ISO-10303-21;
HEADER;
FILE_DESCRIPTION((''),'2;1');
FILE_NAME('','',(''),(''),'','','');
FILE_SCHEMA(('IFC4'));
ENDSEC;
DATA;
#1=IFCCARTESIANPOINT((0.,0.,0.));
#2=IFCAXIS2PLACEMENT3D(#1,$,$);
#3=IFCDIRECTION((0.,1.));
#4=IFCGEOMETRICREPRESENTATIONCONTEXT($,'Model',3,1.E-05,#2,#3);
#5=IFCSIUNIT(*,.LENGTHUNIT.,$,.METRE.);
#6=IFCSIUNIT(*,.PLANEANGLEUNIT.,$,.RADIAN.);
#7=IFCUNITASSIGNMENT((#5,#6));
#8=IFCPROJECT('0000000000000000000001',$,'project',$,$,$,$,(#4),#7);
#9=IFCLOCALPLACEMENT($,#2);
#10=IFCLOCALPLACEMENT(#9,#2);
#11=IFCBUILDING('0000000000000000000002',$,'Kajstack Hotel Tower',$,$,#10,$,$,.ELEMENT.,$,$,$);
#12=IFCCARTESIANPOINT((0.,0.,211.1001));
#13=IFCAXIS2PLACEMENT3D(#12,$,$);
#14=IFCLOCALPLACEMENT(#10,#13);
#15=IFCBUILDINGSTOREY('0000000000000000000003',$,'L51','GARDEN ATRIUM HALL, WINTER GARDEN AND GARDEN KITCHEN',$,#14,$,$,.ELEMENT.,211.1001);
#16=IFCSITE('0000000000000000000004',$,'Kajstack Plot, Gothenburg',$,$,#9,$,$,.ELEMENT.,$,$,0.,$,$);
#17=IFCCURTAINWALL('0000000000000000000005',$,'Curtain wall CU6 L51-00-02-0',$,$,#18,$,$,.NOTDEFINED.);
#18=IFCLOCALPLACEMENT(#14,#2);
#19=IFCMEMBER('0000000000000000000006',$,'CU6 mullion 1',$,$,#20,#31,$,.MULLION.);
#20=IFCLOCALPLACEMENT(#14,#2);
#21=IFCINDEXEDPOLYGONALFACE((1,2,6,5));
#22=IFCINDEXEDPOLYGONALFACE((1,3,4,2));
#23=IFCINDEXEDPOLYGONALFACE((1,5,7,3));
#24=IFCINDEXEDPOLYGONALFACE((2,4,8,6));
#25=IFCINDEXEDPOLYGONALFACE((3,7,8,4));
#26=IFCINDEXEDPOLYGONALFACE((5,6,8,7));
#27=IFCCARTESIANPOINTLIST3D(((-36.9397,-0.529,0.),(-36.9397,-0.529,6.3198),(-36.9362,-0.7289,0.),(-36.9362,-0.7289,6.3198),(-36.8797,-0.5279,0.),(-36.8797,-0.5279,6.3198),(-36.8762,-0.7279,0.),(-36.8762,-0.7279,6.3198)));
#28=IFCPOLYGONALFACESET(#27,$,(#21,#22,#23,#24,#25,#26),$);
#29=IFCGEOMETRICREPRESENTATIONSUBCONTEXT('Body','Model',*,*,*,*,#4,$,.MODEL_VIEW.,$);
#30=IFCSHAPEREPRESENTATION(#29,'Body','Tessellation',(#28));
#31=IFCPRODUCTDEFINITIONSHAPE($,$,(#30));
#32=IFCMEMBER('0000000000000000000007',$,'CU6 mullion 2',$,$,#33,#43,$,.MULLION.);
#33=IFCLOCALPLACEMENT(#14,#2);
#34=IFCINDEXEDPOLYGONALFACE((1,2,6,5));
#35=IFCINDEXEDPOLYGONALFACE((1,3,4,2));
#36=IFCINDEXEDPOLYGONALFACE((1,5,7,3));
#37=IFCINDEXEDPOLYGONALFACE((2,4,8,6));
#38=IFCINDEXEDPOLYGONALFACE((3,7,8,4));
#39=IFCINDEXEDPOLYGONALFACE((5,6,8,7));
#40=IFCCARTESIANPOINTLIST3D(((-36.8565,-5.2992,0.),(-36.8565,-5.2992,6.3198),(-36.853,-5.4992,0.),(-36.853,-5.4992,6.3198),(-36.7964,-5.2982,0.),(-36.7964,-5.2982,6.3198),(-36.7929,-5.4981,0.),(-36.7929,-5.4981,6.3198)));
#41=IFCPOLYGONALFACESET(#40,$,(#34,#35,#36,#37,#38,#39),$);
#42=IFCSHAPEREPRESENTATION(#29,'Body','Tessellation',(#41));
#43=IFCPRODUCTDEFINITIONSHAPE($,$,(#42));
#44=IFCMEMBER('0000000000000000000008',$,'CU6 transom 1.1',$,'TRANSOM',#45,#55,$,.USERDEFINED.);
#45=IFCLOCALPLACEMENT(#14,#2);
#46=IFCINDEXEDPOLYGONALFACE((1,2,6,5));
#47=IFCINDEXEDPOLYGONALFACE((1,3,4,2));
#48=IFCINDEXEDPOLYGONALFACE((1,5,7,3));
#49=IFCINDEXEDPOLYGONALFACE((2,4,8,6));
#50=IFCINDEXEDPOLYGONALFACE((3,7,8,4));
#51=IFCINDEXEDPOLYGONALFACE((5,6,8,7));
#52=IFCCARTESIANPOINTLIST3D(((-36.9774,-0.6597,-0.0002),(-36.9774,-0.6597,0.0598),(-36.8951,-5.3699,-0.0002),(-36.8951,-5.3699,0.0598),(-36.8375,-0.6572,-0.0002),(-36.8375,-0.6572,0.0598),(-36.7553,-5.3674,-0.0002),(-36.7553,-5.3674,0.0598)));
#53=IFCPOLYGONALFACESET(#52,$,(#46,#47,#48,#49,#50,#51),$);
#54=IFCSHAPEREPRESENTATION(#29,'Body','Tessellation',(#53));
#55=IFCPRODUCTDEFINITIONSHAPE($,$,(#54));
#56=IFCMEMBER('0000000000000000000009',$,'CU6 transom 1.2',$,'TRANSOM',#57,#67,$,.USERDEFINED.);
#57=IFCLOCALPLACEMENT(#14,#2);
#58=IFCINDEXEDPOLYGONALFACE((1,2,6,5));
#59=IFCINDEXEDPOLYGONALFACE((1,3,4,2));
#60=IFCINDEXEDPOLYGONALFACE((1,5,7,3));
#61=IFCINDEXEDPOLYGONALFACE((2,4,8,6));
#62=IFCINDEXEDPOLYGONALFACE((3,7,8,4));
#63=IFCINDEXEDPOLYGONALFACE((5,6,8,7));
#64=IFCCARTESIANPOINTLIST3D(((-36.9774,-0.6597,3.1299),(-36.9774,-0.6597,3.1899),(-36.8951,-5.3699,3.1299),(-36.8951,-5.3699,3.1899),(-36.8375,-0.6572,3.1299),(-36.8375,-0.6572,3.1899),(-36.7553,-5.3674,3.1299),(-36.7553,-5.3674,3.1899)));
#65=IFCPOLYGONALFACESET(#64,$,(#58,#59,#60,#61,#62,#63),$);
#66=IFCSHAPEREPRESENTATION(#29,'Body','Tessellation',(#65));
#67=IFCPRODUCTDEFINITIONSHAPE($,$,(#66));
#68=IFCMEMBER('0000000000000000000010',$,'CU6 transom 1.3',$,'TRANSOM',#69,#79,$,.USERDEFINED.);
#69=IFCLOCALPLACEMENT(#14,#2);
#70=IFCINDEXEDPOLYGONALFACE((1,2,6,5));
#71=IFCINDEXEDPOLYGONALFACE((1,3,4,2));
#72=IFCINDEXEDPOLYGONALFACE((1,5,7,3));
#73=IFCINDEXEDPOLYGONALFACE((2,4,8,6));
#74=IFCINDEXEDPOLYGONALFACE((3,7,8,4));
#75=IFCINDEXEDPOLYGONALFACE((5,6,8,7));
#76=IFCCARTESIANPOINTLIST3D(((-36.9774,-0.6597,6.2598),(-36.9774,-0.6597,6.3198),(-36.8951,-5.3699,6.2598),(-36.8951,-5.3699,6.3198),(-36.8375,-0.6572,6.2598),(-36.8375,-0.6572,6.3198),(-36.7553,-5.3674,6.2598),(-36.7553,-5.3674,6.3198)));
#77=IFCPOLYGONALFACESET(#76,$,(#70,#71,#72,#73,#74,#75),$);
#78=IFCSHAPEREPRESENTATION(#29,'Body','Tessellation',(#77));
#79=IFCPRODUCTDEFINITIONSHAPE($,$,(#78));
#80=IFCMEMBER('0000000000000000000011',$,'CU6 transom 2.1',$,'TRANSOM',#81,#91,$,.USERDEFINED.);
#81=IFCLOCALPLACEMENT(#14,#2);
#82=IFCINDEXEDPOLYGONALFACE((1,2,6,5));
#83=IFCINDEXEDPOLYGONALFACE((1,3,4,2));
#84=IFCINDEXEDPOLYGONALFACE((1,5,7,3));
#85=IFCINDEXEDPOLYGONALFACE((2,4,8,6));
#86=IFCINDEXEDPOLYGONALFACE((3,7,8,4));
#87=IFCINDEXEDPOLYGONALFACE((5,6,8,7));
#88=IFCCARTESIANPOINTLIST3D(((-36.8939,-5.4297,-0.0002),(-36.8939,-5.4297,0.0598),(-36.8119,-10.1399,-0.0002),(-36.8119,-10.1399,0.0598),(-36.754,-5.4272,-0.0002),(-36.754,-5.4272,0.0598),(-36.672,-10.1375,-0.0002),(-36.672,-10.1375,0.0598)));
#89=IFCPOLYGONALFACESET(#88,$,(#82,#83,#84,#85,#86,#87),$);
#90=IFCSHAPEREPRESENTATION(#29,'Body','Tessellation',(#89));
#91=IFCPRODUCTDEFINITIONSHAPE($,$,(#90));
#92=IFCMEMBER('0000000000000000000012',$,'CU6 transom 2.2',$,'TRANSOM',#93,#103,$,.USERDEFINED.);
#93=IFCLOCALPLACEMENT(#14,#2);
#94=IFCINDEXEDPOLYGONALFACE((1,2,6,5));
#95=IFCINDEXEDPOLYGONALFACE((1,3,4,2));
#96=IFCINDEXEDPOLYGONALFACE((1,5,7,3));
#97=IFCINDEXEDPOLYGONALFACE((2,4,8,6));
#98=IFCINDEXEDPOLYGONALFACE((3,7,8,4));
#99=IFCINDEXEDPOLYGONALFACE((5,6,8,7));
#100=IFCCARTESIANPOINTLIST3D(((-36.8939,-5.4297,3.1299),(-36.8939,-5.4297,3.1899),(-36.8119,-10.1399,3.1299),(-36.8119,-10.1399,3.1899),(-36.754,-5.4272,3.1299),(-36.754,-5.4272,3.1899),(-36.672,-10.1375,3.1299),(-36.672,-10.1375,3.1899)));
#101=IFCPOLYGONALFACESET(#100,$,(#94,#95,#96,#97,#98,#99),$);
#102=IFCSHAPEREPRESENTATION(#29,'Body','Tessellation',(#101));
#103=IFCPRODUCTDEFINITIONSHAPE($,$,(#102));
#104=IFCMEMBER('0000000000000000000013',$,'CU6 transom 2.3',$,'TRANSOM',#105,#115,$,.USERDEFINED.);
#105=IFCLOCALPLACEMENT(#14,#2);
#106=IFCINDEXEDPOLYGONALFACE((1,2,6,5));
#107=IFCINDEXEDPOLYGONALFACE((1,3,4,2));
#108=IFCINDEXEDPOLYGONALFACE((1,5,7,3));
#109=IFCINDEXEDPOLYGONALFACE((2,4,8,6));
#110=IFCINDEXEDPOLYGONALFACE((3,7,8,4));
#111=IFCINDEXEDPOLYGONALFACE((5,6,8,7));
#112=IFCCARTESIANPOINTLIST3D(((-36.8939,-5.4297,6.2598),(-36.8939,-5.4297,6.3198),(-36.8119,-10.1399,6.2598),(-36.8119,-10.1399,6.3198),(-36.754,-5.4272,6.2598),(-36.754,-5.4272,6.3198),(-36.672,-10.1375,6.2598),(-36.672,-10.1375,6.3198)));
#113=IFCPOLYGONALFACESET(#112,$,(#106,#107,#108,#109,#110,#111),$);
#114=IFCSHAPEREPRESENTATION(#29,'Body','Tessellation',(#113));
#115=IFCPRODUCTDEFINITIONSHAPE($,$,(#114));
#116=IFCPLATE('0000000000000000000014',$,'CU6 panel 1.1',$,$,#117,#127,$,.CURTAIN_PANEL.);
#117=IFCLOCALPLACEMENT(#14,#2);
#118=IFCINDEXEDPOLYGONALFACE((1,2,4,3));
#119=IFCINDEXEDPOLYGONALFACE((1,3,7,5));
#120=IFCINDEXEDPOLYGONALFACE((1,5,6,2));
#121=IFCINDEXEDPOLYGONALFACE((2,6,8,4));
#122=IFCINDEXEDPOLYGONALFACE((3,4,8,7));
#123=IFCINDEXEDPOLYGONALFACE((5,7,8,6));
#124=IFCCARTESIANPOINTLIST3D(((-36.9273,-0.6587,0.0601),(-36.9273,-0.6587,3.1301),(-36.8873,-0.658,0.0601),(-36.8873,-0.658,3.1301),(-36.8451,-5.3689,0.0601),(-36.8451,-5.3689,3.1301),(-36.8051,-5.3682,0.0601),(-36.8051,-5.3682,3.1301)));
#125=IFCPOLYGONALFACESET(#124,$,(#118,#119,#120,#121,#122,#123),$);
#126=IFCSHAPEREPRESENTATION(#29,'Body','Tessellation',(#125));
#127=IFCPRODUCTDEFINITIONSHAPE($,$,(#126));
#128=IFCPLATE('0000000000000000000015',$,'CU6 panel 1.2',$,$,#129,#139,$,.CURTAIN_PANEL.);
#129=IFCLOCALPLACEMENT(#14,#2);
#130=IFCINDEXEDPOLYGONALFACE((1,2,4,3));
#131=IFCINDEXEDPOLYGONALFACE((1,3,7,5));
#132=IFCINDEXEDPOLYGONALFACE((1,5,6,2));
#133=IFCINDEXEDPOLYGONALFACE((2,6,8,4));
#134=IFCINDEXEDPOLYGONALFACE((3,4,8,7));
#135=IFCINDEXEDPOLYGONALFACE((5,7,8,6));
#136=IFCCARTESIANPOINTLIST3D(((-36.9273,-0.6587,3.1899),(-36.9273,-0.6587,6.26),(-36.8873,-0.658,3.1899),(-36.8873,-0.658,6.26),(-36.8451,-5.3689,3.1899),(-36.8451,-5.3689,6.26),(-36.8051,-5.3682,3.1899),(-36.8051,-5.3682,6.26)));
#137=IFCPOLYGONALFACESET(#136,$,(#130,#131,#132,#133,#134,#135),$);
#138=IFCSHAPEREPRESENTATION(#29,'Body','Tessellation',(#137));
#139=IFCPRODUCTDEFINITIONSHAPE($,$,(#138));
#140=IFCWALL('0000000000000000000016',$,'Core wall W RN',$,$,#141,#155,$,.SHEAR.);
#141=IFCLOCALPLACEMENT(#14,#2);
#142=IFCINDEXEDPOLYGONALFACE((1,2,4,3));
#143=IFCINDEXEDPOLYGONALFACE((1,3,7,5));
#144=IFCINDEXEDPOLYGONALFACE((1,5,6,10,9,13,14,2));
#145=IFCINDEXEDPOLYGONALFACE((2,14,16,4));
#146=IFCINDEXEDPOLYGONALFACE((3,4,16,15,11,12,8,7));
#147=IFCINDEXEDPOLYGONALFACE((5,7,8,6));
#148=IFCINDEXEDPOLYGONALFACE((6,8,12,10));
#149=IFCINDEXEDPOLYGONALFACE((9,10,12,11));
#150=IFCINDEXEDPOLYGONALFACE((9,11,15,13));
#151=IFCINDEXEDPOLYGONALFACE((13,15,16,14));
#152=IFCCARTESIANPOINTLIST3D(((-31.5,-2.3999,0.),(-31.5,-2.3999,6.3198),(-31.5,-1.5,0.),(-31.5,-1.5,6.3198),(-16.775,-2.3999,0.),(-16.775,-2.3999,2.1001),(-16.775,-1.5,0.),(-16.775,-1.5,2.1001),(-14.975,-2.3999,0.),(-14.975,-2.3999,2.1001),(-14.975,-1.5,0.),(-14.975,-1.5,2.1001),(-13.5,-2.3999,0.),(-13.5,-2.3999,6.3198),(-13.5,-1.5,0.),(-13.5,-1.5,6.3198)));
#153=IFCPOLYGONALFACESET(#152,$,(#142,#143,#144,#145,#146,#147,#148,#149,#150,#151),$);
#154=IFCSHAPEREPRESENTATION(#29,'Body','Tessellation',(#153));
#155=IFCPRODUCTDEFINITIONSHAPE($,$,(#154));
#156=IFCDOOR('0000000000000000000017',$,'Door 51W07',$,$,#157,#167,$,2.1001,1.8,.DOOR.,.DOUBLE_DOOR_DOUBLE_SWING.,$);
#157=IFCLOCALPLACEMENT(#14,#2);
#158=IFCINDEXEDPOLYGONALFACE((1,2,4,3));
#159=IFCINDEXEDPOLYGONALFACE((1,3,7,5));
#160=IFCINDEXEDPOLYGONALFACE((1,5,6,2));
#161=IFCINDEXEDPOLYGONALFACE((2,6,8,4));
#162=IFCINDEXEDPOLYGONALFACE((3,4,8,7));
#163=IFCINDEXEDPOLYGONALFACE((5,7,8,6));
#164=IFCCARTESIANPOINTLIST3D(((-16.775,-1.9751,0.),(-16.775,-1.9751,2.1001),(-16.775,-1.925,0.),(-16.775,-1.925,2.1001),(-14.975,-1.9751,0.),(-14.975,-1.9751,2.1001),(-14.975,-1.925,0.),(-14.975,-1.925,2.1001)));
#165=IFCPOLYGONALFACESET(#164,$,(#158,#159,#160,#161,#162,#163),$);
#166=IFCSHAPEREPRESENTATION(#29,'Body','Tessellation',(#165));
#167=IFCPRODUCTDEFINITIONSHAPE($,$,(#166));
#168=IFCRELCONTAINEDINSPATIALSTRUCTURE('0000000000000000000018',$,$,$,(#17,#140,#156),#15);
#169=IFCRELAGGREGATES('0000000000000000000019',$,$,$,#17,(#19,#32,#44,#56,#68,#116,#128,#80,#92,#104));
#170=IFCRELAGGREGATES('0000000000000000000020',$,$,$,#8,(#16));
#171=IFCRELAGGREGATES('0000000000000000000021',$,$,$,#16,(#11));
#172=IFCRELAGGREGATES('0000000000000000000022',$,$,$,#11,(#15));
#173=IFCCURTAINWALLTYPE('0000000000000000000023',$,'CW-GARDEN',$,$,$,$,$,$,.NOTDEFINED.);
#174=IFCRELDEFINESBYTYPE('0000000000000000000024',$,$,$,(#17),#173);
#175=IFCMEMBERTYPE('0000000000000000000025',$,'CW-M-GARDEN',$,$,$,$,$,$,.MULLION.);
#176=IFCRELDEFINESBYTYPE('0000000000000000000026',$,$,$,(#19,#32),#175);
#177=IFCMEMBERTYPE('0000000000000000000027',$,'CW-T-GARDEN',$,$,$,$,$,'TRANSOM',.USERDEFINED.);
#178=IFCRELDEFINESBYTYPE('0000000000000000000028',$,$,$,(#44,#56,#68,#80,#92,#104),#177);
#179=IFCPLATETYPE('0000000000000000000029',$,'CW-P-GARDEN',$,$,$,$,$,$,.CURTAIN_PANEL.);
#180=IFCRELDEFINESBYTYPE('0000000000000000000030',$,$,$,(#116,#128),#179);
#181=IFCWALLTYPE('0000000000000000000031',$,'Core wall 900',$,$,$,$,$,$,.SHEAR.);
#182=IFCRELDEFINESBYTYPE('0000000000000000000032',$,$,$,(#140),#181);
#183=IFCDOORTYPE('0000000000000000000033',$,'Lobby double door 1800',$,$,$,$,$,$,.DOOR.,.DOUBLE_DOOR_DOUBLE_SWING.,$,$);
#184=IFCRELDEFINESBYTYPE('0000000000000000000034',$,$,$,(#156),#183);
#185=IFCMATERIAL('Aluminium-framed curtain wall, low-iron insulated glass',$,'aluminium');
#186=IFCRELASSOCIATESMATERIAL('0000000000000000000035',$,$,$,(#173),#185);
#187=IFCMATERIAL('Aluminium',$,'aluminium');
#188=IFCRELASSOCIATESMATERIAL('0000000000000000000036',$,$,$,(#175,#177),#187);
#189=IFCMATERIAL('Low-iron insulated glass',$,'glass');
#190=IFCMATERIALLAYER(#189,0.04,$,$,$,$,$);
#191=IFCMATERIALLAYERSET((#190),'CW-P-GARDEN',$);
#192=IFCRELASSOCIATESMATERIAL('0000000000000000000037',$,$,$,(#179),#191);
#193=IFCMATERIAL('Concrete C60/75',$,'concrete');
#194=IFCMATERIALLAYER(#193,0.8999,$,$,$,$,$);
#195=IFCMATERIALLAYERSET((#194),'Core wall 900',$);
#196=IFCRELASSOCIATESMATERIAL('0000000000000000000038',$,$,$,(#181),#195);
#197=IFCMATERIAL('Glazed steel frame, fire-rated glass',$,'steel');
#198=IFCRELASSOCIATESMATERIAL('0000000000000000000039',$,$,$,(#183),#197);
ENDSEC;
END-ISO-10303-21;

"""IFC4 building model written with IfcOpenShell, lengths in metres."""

from ifc_helpers import new_model, si_unit, direction, frame, frame_2d, origin, origin_2d, place, context, subcontext, project, spatial, rectangle, extrude, material, layer, layer_set, material_profile, profile_set, type_object, element, fill, aggregate, save


model = new_model("IFC4")

# Units and contexts
model_context = context("Model", 3, precision=1e-05, world=origin(), true_north=direction((0.0, 1.0)))
body_context = subcontext(model_context, "Body", "Model", "MODEL_VIEW")
ifc_project = project(units=[si_unit("LENGTHUNIT", "METRE"), si_unit("PLANEANGLEUNIT", "RADIAN")], contexts=[model_context])

# Site, building, storey
site_placement = place(None, origin())
site = spatial("IfcSite", under=ifc_project, at=site_placement, Name="Kajstack Plot, Gothenburg", CompositionType="ELEMENT", RefElevation=0.0)
building_placement = place(site_placement, origin())
building = spatial("IfcBuilding", under=site, at=building_placement, Name="Kajstack Hotel Tower", CompositionType="ELEMENT")
storey_placement = place(building_placement, frame((0.0, 0.0, 211.1001)))
storey = spatial("IfcBuildingStorey", under=building, at=storey_placement, Name="L51", Description="GARDEN ATRIUM HALL, WINTER GARDEN AND GARDEN KITCHEN", CompositionType="ELEMENT", Elevation=211.1001)

# Curtain wall, members, plates
ifc_material_1 = material(Name="Aluminium-framed curtain wall, low-iron insulated glass", Category="aluminium")
curtain_wall_type = type_object("IfcCurtainWallType", Name="CW-GARDEN", PredefinedType="NOTDEFINED", material=ifc_material_1)
curtain_wall_placement = place(storey_placement, origin())
curtain_wall = element("IfcCurtainWall", 1, at=curtain_wall_placement, inside=storey, type_object=curtain_wall_type, Name="Curtain wall CU6 L51-00-02-0", PredefinedType="NOTDEFINED")
ifc_material_2 = material(Name="Aluminium", Category="aluminium")
ifc_material_profile_1 = material_profile(ifc_material_2, rectangle(XDim=0.0601, YDim=0.2, at=origin_2d()), Name="Aluminium mullion 60 x 200")
ifc_profile_set_1 = profile_set([ifc_material_profile_1], Name="Aluminium")
member_type_1 = type_object("IfcMemberType", Name="CW-M-GARDEN", PredefinedType="MULLION", material=ifc_profile_set_1)
member_1_placement = place(storey_placement, frame((-36.908, -0.6284, 0.0), z_axis=(0.0, 0.0, 1.0), x_axis=(0.999848, 0.017455, 0.0)))
member_1 = element("IfcMember", 2, at=member_1_placement, type_object=member_type_1, Name="CU6 mullion 1", PredefinedType="MULLION", context=body_context, shape_type="SweptSolid", body=[
    extrude(rectangle(XDim=0.0601, YDim=0.2, at=origin_2d()), origin(), (0.0, 0.0, 1.0), 6.3198),
])
member_2_placement = place(storey_placement, frame((-36.8247, -5.3987, 0.0), z_axis=(0.0, 0.0, 1.0), x_axis=(0.999848, 0.017455, 0.0)))
member_2 = element("IfcMember", 3, at=member_2_placement, type_object=member_type_1, Name="CU6 mullion 2", PredefinedType="MULLION", context=body_context, shape_type="SweptSolid", body=[
    extrude(rectangle(XDim=0.0601, YDim=0.2, at=origin_2d()), origin(), (0.0, 0.0, 1.0), 6.3198),
])
ifc_material_profile_2 = material_profile(ifc_material_2, rectangle(XDim=0.1399, YDim=0.0601, at=origin_2d()), Name="Aluminium transom 140 x 60")
ifc_profile_set_2 = profile_set([ifc_material_profile_2], Name="Aluminium")
member_type_2 = type_object("IfcMemberType", Name="CW-T-GARDEN", ElementType="TRANSOM", PredefinedType="USERDEFINED", material=ifc_profile_set_2)
member_3_placement = place(storey_placement, frame((-36.9075, -0.6584, 0.0298), z_axis=(0.017465, -0.999847, 0.0), x_axis=(0.999847, 0.017465, 0.0)))
member_3 = element("IfcMember", 4, at=member_3_placement, type_object=member_type_2, Name="CU6 transom 1.1", ObjectType="TRANSOM", PredefinedType="USERDEFINED", context=body_context, shape_type="SweptSolid", body=[
    extrude(rectangle(XDim=0.1399, YDim=0.0601, at=origin_2d()), origin(), (0.0, 0.0, 1.0), 4.7109),
])
member_4_placement = place(storey_placement, frame((-36.9075, -0.6584, 3.1599), z_axis=(0.017465, -0.999847, 0.0), x_axis=(0.999847, 0.017465, 0.0)))
member_4 = element("IfcMember", 5, at=member_4_placement, type_object=member_type_2, Name="CU6 transom 1.2", ObjectType="TRANSOM", PredefinedType="USERDEFINED", context=body_context, shape_type="SweptSolid", body=[
    extrude(rectangle(XDim=0.1399, YDim=0.0601, at=origin_2d()), origin(), (0.0, 0.0, 1.0), 4.7109),
])
member_5_placement = place(storey_placement, frame((-36.9075, -0.6584, 6.2898), z_axis=(0.017465, -0.999847, 0.0), x_axis=(0.999847, 0.017465, 0.0)))
member_5 = element("IfcMember", 6, at=member_5_placement, type_object=member_type_2, Name="CU6 transom 1.3", ObjectType="TRANSOM", PredefinedType="USERDEFINED", context=body_context, shape_type="SweptSolid", body=[
    extrude(rectangle(XDim=0.1399, YDim=0.0601, at=origin_2d()), origin(), (0.0, 0.0, 1.0), 4.7109),
])
member_6_placement = place(storey_placement, frame((-36.824, -5.4285, 0.0298), z_axis=(0.017413, -0.999848, 0.0), x_axis=(0.999848, 0.017413, 0.0)))
member_6 = element("IfcMember", 7, at=member_6_placement, type_object=member_type_2, Name="CU6 transom 2.1", ObjectType="TRANSOM", PredefinedType="USERDEFINED", context=body_context, shape_type="SweptSolid", body=[
    extrude(rectangle(XDim=0.1399, YDim=0.0601, at=origin_2d()), origin(), (0.0, 0.0, 1.0), 4.7109),
])
member_7_placement = place(storey_placement, frame((-36.824, -5.4285, 3.1599), z_axis=(0.017413, -0.999848, 0.0), x_axis=(0.999848, 0.017413, 0.0)))
member_7 = element("IfcMember", 8, at=member_7_placement, type_object=member_type_2, Name="CU6 transom 2.2", ObjectType="TRANSOM", PredefinedType="USERDEFINED", context=body_context, shape_type="SweptSolid", body=[
    extrude(rectangle(XDim=0.1399, YDim=0.0601, at=origin_2d()), origin(), (0.0, 0.0, 1.0), 4.7109),
])
member_8_placement = place(storey_placement, frame((-36.824, -5.4285, 6.2898), z_axis=(0.017413, -0.999848, 0.0), x_axis=(0.999848, 0.017413, 0.0)))
member_8 = element("IfcMember", 9, at=member_8_placement, type_object=member_type_2, Name="CU6 transom 2.3", ObjectType="TRANSOM", PredefinedType="USERDEFINED", context=body_context, shape_type="SweptSolid", body=[
    extrude(rectangle(XDim=0.1399, YDim=0.0601, at=origin_2d()), origin(), (0.0, 0.0, 1.0), 4.7109),
])
ifc_material_3 = material(Name="Low-iron insulated glass", Category="glass")
ifc_layer_1 = layer(ifc_material_3, 0.04)
ifc_layer_set_1 = layer_set([ifc_layer_1], Name="CW-P-GARDEN")
plate_type = type_object("IfcPlateType", Name="CW-P-GARDEN", PredefinedType="CURTAIN_PANEL", material=ifc_layer_set_1)
plate_1_placement = place(storey_placement, frame((-36.8662, -3.0134, 0.0601), z_axis=(0.0, 0.0, 1.0), x_axis=(0.017455, -0.999848, 0.0)))
plate_1 = element("IfcPlate", 10, at=plate_1_placement, type_object=plate_type, Name="CU6 panel 1.1", PredefinedType="CURTAIN_PANEL", context=body_context, shape_type="SweptSolid", body=[
    extrude(rectangle(XDim=4.7109, YDim=0.04, at=origin_2d()), origin(), (0.0, 0.0, 1.0), 3.0701),
])
plate_2_placement = place(storey_placement, frame((-36.8662, -3.0134, 3.1899), z_axis=(0.0, 0.0, 1.0), x_axis=(0.017455, -0.999848, 0.0)))
plate_2 = element("IfcPlate", 11, at=plate_2_placement, type_object=plate_type, Name="CU6 panel 1.2", PredefinedType="CURTAIN_PANEL", context=body_context, shape_type="SweptSolid", body=[
    extrude(rectangle(XDim=4.7109, YDim=0.04, at=origin_2d()), origin(), (0.0, 0.0, 1.0), 3.0701),
])
aggregate(curtain_wall, [member_1, member_2, member_3, member_4, member_5, plate_1, plate_2, member_6, member_7, member_8])

# Wall, opening, door
ifc_material_4 = material(Name="Concrete C60/75", Category="concrete")
ifc_layer_2 = layer(ifc_material_4, 0.8999)
ifc_layer_set_2 = layer_set([ifc_layer_2], Name="Core wall 900")
wall_type_1 = type_object("IfcWallType", Name="Core wall 900", PredefinedType="SHEAR", material=ifc_layer_set_2)
wall_1_placement = place(storey_placement, frame((-31.5, -1.95, 0.0), z_axis=(0.0, 0.0, 1.0), x_axis=(1.0, 0.0, 0.0)))
wall_1 = element("IfcWall", 12, at=wall_1_placement, inside=storey, type_object=wall_type_1, Name="Core wall W RN", PredefinedType="SHEAR", context=body_context, shape_type="SweptSolid", body=[
    extrude(rectangle(XDim=18.0, YDim=0.8999, at=frame_2d((9.0, 0.0))), origin(), (0.0, 0.0, 1.0), 6.3198),
])
opening_1_placement = place(wall_1_placement, frame((14.7251, 0.0, 0.0)))
opening_1 = element("IfcOpeningElement", 13, at=opening_1_placement, cuts=wall_1, PredefinedType="OPENING", context=body_context, shape_type="SweptSolid", body=[
    extrude(rectangle(XDim=1.8, YDim=2.1001, at=frame_2d((0.8999, 1.05))), frame((0.0, 0.46, 0.0), z_axis=(0.0, -1.0, 0.0), x_axis=(1.0, 0.0, 0.0)), (0.0, 0.0, 1.0), 0.9199),
])
ifc_material_5 = material(Name="Glazed steel frame, fire-rated glass", Category="steel")
door_type_1 = type_object("IfcDoorType", Name="Lobby double door 1800", OperationType="DOUBLE_DOOR_DOUBLE_SWING", PredefinedType="DOOR", material=ifc_material_5)
door_1_placement = place(opening_1_placement, origin())
door_1 = element("IfcDoor", 14, at=door_1_placement, inside=storey, type_object=door_type_1, Name="Door 51W07", OperationType="DOUBLE_DOOR_DOUBLE_SWING", OverallHeight=2.1001, OverallWidth=1.8, PredefinedType="DOOR", context=body_context, shape_type="SweptSolid", body=[
    extrude(rectangle(XDim=1.8, YDim=2.1001, at=frame_2d((0.8999, 1.05))), frame((0.0, 0.0249, 0.0), z_axis=(0.0, -1.0, 0.0), x_axis=(1.0, 0.0, 0.0)), (0.0, 0.0, 1.0), 0.05),
])
fill(opening_1, door_1)

save(model, "model.ifc")
